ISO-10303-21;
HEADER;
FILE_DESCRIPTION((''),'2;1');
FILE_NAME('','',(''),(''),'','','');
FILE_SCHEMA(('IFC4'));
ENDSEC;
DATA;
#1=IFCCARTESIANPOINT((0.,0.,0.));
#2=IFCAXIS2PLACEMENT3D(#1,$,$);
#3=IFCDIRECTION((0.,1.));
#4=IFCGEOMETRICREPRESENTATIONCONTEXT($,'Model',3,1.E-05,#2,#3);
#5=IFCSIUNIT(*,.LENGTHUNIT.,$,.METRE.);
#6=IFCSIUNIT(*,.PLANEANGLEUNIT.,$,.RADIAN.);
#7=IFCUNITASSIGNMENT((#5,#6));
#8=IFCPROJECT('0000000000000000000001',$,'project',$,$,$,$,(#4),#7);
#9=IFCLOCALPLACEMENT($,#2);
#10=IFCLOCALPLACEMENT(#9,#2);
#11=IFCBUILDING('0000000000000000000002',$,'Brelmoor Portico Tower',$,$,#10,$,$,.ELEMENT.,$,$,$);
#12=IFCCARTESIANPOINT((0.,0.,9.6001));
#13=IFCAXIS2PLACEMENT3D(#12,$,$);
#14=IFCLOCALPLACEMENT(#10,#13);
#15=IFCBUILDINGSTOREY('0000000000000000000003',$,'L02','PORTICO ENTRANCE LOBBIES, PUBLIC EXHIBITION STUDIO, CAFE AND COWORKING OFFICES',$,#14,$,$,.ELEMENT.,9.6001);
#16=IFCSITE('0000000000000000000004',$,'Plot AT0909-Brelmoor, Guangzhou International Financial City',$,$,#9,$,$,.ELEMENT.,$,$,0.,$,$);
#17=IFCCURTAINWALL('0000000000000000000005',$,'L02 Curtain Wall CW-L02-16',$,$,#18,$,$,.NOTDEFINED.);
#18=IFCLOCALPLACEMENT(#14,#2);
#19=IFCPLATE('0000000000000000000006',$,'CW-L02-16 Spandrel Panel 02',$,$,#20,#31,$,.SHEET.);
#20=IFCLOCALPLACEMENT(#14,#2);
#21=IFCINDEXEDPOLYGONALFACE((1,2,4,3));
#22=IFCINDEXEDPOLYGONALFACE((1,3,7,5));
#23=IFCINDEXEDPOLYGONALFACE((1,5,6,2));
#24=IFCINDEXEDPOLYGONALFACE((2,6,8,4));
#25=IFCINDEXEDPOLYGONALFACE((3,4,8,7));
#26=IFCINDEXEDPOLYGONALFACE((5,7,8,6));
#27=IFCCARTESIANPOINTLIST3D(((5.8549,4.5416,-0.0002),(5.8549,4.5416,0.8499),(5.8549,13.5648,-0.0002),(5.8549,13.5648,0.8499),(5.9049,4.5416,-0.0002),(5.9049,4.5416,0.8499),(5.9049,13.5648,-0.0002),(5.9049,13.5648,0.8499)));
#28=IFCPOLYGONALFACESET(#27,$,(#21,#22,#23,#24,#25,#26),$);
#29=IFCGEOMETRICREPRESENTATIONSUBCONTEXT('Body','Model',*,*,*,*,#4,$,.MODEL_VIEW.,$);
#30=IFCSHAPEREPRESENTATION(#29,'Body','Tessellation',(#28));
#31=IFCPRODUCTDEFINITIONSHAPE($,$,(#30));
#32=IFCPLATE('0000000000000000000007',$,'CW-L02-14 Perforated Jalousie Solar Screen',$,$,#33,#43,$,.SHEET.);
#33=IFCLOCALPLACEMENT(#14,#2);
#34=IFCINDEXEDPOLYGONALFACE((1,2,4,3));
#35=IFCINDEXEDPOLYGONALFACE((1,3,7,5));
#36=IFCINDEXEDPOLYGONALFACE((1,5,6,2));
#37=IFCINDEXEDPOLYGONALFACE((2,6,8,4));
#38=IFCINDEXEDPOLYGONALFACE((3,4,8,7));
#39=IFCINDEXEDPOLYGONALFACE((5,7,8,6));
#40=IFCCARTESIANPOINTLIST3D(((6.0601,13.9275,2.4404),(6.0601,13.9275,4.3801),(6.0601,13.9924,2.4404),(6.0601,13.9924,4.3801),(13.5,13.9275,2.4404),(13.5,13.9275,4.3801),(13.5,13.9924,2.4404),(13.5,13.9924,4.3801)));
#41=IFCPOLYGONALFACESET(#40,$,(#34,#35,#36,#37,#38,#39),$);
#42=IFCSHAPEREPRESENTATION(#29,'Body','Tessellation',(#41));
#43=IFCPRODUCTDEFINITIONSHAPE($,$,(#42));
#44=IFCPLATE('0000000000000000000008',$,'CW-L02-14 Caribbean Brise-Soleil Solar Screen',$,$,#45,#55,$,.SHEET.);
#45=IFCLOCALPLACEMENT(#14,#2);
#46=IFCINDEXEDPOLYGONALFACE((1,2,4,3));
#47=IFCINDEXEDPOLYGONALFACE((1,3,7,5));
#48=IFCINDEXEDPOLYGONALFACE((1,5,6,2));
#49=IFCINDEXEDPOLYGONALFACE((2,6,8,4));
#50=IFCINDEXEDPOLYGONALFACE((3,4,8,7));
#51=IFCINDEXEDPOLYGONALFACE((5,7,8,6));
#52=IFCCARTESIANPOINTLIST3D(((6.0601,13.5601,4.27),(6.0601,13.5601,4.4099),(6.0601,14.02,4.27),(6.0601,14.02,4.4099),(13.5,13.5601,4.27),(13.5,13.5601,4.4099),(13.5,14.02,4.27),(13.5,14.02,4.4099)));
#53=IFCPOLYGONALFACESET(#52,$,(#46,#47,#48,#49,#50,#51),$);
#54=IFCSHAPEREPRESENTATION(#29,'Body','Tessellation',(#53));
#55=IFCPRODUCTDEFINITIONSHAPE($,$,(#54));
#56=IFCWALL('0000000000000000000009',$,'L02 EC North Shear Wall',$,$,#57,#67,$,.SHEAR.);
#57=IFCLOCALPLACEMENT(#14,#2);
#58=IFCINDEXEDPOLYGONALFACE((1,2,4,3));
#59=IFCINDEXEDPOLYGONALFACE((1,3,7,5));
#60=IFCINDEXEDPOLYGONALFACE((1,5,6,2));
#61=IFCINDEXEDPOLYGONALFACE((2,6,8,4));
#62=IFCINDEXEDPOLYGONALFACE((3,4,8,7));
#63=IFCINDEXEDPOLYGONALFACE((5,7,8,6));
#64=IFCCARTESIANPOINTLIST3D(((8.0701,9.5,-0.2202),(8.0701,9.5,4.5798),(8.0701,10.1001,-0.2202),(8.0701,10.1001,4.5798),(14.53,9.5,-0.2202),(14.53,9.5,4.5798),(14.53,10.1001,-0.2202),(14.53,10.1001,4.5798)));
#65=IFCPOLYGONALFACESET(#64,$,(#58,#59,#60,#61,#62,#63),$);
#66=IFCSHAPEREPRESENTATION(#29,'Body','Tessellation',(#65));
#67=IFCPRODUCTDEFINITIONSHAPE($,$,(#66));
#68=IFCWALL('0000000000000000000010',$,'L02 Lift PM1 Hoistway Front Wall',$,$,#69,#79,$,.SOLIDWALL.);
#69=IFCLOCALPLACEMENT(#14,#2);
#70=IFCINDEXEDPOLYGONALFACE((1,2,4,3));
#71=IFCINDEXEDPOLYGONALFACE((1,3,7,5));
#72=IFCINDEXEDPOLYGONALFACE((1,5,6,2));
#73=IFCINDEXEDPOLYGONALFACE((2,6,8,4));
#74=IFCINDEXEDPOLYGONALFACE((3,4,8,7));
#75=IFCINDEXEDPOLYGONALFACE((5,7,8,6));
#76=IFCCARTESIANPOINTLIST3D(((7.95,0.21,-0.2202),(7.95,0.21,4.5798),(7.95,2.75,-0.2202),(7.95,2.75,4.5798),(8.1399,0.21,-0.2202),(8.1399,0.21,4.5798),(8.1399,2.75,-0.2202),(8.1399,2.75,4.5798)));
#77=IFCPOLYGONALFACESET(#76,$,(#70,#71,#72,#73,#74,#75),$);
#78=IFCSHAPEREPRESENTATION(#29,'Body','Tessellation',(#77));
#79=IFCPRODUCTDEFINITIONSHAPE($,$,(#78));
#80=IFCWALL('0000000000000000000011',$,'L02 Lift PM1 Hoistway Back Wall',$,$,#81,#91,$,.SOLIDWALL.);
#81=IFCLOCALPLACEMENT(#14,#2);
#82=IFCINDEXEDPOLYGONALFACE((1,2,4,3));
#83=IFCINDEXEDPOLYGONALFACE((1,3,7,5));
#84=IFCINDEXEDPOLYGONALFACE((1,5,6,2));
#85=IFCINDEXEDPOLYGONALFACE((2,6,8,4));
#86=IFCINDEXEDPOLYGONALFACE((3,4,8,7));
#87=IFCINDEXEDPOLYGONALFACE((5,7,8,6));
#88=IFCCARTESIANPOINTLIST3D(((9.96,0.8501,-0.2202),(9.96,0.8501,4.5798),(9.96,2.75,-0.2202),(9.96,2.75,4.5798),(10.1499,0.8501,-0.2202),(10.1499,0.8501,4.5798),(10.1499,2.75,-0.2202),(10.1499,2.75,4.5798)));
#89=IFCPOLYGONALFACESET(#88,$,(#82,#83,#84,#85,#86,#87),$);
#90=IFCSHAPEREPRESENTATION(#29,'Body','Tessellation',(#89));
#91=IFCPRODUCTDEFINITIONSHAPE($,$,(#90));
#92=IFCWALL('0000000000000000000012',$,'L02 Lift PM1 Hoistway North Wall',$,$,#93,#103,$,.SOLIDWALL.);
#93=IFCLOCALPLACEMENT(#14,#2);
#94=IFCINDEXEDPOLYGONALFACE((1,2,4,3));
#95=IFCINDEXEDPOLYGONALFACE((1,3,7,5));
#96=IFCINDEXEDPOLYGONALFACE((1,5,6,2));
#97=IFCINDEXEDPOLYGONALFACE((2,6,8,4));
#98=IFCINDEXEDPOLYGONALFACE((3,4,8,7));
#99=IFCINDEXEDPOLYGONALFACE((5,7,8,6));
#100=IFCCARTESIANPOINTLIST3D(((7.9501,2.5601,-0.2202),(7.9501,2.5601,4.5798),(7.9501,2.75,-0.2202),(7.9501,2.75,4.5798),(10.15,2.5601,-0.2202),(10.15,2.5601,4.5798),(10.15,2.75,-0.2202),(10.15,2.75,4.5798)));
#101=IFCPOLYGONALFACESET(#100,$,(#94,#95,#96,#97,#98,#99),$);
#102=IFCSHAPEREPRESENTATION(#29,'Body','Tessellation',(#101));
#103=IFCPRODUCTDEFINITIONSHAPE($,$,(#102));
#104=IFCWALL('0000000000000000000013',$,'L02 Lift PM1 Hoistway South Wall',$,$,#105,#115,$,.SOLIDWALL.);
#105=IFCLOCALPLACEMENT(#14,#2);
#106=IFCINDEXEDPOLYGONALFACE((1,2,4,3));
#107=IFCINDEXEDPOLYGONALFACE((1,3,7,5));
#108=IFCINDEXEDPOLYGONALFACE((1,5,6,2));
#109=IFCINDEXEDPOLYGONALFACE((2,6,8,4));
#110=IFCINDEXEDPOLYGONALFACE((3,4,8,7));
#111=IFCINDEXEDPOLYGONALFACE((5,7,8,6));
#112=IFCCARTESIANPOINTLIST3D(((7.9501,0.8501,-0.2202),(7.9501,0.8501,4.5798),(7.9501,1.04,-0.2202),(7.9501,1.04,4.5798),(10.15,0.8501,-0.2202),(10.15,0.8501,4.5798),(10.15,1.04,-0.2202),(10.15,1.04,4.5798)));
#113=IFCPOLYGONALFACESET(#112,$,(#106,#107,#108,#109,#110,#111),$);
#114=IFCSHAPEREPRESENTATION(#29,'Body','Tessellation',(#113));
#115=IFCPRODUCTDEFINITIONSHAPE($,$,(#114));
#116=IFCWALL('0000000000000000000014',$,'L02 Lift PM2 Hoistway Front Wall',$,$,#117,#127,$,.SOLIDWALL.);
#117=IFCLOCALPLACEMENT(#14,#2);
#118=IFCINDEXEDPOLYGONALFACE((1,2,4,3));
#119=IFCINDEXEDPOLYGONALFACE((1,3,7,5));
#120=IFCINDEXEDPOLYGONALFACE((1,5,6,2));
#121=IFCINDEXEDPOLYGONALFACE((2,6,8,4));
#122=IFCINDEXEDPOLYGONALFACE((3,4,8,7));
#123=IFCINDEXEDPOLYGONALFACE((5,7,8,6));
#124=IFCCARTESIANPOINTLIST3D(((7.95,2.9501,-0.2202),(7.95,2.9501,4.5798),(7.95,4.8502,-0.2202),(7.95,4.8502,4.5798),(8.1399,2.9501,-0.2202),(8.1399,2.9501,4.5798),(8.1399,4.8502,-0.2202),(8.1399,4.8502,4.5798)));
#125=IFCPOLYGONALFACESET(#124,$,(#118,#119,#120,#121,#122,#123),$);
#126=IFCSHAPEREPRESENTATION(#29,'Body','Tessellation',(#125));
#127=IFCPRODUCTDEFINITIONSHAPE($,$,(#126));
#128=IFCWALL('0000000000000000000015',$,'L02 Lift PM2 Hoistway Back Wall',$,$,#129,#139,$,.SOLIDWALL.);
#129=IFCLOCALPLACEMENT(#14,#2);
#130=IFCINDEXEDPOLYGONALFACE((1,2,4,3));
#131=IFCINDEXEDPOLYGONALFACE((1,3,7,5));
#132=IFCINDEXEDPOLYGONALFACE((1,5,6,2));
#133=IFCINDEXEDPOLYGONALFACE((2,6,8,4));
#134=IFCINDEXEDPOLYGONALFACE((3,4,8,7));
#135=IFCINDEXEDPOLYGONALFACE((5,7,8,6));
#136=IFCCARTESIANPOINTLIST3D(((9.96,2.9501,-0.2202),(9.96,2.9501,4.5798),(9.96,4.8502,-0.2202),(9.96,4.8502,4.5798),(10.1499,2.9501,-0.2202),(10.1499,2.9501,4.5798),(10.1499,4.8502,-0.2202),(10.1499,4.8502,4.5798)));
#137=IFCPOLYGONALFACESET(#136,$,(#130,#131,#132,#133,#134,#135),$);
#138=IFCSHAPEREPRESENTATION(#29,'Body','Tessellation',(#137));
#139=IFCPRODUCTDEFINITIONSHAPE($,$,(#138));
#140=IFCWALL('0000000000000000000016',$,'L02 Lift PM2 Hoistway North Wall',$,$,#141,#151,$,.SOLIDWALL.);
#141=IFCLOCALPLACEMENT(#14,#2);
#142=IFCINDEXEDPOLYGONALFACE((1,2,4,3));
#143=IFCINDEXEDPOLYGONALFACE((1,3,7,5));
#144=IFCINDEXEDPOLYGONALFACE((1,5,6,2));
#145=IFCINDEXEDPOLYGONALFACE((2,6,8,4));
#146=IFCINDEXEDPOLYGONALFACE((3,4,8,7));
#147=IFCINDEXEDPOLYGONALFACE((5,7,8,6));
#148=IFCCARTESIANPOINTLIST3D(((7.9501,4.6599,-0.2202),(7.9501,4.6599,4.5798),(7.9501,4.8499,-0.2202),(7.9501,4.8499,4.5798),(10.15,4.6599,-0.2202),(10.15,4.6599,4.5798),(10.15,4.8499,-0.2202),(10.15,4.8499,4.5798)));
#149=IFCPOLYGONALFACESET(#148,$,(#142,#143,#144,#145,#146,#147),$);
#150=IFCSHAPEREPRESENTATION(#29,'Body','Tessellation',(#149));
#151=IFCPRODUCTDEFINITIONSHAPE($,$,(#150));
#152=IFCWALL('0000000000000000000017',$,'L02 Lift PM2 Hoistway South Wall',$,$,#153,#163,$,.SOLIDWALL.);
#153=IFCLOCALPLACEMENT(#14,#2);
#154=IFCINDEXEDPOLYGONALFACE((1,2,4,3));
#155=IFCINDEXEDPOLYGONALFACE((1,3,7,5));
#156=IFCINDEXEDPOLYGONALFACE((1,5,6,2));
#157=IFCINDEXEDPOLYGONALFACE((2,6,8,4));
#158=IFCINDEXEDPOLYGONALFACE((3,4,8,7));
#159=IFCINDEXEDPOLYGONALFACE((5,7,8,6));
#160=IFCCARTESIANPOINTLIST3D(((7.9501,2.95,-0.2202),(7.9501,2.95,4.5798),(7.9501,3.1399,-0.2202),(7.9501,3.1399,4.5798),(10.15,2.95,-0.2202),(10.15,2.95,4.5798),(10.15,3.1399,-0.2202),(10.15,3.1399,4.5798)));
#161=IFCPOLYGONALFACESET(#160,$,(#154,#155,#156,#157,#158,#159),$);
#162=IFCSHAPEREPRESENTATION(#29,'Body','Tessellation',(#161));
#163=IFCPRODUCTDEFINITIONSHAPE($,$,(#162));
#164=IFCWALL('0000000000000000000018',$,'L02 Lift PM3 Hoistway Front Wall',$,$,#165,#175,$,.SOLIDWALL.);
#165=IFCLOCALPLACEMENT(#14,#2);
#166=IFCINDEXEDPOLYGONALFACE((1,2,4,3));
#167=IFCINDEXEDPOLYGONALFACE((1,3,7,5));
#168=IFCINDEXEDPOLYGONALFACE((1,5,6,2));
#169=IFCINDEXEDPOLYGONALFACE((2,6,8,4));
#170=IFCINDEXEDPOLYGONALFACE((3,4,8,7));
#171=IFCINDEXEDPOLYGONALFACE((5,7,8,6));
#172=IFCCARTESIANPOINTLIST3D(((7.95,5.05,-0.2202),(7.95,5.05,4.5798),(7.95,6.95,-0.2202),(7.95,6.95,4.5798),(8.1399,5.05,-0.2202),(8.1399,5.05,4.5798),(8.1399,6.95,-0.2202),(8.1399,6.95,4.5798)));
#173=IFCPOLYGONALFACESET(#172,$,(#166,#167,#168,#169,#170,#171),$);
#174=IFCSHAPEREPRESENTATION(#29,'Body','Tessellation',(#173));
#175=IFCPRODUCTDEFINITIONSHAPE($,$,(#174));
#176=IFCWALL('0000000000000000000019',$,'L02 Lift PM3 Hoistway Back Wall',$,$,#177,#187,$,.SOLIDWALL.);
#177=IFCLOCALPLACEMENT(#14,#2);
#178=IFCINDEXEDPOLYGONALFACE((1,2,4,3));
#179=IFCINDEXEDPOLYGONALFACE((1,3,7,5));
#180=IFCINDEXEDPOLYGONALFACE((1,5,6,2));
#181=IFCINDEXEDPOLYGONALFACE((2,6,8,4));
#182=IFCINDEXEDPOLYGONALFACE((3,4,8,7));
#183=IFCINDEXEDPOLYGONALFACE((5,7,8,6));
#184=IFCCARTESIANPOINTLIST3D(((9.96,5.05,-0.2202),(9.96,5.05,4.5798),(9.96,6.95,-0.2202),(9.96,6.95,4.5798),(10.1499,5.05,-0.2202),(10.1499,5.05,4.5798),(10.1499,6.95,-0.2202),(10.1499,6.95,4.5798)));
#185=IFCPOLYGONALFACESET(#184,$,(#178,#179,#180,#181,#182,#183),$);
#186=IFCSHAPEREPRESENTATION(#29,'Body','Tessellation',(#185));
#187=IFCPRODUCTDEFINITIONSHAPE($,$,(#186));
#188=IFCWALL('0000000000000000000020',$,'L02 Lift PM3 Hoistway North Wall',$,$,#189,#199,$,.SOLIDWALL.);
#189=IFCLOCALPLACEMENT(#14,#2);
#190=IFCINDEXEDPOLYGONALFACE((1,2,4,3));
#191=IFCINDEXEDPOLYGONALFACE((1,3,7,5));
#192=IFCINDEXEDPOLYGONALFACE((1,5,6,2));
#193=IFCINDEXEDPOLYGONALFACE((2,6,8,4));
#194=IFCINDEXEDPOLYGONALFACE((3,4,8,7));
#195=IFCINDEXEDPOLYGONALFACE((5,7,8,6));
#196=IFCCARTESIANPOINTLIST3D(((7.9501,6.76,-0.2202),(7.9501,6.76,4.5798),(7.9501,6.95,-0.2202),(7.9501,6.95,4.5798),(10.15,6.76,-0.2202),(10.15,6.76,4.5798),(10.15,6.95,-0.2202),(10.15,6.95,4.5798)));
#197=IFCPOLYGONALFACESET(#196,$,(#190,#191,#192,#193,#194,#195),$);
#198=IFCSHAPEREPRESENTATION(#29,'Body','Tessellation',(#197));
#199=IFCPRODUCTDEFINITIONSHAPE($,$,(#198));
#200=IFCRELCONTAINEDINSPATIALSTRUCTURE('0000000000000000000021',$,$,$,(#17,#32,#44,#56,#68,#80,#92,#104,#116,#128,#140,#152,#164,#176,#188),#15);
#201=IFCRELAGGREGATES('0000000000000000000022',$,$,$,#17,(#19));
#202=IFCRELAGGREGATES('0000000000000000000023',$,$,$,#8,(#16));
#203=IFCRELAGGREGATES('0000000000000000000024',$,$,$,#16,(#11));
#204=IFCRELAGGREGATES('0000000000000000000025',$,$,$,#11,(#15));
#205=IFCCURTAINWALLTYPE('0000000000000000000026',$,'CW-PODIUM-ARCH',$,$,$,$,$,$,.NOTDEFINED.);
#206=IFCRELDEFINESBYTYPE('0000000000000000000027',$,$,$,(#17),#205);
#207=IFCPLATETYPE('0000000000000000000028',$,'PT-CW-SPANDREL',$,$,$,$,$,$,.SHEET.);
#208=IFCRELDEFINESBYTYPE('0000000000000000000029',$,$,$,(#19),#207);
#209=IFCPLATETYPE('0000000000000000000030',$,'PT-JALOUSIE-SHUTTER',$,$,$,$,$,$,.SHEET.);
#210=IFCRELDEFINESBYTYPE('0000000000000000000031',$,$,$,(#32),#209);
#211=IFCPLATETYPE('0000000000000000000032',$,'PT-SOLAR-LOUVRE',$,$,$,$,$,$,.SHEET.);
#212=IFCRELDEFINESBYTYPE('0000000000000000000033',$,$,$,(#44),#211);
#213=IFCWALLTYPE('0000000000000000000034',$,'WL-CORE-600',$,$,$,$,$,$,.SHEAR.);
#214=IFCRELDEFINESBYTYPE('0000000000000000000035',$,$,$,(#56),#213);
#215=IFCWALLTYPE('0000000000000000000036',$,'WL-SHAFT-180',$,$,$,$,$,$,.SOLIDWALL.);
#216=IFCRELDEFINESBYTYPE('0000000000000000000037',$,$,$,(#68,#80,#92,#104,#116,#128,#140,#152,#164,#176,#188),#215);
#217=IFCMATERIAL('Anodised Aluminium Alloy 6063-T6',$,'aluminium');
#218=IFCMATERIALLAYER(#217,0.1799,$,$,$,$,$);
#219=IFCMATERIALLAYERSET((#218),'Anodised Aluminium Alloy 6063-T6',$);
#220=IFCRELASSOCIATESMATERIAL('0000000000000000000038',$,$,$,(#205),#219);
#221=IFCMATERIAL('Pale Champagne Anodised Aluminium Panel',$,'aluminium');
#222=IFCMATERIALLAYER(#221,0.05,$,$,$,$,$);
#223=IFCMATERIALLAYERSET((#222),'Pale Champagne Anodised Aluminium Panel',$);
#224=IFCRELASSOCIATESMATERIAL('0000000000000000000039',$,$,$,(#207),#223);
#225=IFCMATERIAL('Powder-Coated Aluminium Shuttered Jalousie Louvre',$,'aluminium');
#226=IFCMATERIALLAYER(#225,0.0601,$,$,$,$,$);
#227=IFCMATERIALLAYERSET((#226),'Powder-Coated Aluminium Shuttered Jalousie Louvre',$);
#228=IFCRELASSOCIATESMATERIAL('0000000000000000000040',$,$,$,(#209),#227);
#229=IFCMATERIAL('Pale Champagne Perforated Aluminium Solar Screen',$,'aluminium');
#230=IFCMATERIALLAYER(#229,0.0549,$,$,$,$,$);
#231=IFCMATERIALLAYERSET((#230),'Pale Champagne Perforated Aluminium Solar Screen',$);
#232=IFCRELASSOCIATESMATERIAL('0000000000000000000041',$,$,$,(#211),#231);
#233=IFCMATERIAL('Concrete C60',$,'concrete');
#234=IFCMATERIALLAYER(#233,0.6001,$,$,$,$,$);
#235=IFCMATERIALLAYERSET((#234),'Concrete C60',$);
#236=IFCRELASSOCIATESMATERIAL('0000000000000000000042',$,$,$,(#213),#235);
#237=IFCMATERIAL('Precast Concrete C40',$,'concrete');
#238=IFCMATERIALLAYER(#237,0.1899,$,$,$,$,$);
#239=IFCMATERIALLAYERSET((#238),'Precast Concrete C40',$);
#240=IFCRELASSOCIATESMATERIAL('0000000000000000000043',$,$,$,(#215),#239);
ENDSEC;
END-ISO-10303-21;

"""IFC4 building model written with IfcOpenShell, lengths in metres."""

from ifc_helpers import new_model, si_unit, direction, frame, frame_2d, origin, origin_2d, place, context, subcontext, project, spatial, rectangle, extrude, material, layer, layer_set, type_object, element, aggregate, save


model = new_model("IFC4")

# Units and contexts
model_context = context("Model", 3, precision=1e-05, world=origin(), true_north=direction((0.0, 1.0)))
body_context = subcontext(model_context, "Body", "Model", "MODEL_VIEW")
ifc_project = project(units=[si_unit("LENGTHUNIT", "METRE"), si_unit("PLANEANGLEUNIT", "RADIAN")], contexts=[model_context])

# Site, building, storey
site_placement = place(None, origin())
site = spatial("IfcSite", under=ifc_project, at=site_placement, Name="Plot AT0909-Brelmoor, Guangzhou International Financial City", CompositionType="ELEMENT", RefElevation=0.0)
building_placement = place(site_placement, origin())
building = spatial("IfcBuilding", under=site, at=building_placement, Name="Brelmoor Portico Tower", CompositionType="ELEMENT")
storey_placement = place(building_placement, frame((0.0, 0.0, 9.6001)))
storey = spatial("IfcBuildingStorey", under=building, at=storey_placement, Name="L02", Description="PORTICO ENTRANCE LOBBIES, PUBLIC EXHIBITION STUDIO, CAFE AND COWORKING OFFICES", CompositionType="ELEMENT", Elevation=9.6001)

# Shared definitions
ifc_material_1 = material(Name="Anodised Aluminium Alloy 6063-T6", Category="aluminium")
ifc_layer_1 = layer(ifc_material_1, 0.1799)
ifc_layer_set_1 = layer_set([ifc_layer_1], Name="Anodised Aluminium Alloy 6063-T6")
curtain_wall_type = type_object("IfcCurtainWallType", Name="CW-PODIUM-ARCH", PredefinedType="NOTDEFINED", material=ifc_layer_set_1)

# Curtain wall
curtain_wall_1_placement = place(storey_placement, origin())
curtain_wall_1 = element("IfcCurtainWall", 1, at=curtain_wall_1_placement, inside=storey, type_object=curtain_wall_type, Name="L02 Curtain Wall CW-L02-16", PredefinedType="NOTDEFINED")

# Plate
ifc_material_2 = material(Name="Pale Champagne Anodised Aluminium Panel", Category="aluminium")
ifc_layer_2 = layer(ifc_material_2, 0.05)
ifc_layer_set_2 = layer_set([ifc_layer_2], Name="Pale Champagne Anodised Aluminium Panel")
plate_type_1 = type_object("IfcPlateType", Name="PT-CW-SPANDREL", PredefinedType="SHEET", material=ifc_layer_set_2)
plate_1_placement = place(storey_placement, frame((5.8799, 9.0532, -0.0002), z_axis=(0.0, 0.0, 1.0), x_axis=(0.0, 1.0, 0.0)))
plate_1 = element("IfcPlate", 2, at=plate_1_placement, type_object=plate_type_1, Name="CW-L02-16 Spandrel Panel 02", PredefinedType="SHEET", context=body_context, shape_type="SweptSolid", body=[
    extrude(rectangle(XDim=9.0232, YDim=0.05, at=origin_2d()), origin(), (0.0, 0.0, 1.0), 0.8501),
])
aggregate(curtain_wall_1, [plate_1])

# Plates
ifc_material_3 = material(Name="Powder-Coated Aluminium Shuttered Jalousie Louvre", Category="aluminium")
ifc_layer_3 = layer(ifc_material_3, 0.0601)
ifc_layer_set_3 = layer_set([ifc_layer_3], Name="Powder-Coated Aluminium Shuttered Jalousie Louvre")
plate_type_2 = type_object("IfcPlateType", Name="PT-JALOUSIE-SHUTTER", PredefinedType="SHEET", material=ifc_layer_set_3)
plate_2_placement = place(storey_placement, frame((9.78, 13.96, 2.4404), z_axis=(0.0, 0.0, 1.0), x_axis=(1.0, 0.0, 0.0)))
element("IfcPlate", 3, at=plate_2_placement, inside=storey, type_object=plate_type_2, Name="CW-L02-14 Perforated Jalousie Solar Screen", PredefinedType="SHEET", context=body_context, shape_type="SweptSolid", body=[
    extrude(rectangle(XDim=7.4399, YDim=0.0649, at=origin_2d()), origin(), (0.0, 0.0, 1.0), 1.9397),
])
ifc_material_4 = material(Name="Pale Champagne Perforated Aluminium Solar Screen", Category="aluminium")
ifc_layer_4 = layer(ifc_material_4, 0.0549)
ifc_layer_set_4 = layer_set([ifc_layer_4], Name="Pale Champagne Perforated Aluminium Solar Screen")
plate_type_3 = type_object("IfcPlateType", Name="PT-SOLAR-LOUVRE", PredefinedType="SHEET", material=ifc_layer_set_4)
plate_3_placement = place(storey_placement, frame((9.78, 13.79, 4.27), z_axis=(0.0, 0.0, 1.0), x_axis=(1.0, 0.0, 0.0)))
element("IfcPlate", 4, at=plate_3_placement, inside=storey, type_object=plate_type_3, Name="CW-L02-14 Caribbean Brise-Soleil Solar Screen", PredefinedType="SHEET", context=body_context, shape_type="SweptSolid", body=[
    extrude(rectangle(XDim=7.4399, YDim=0.46, at=origin_2d()), origin(), (0.0, 0.0, 1.0), 0.1399),
])

# Wall
ifc_material_5 = material(Name="Concrete C60", Category="concrete")
ifc_layer_5 = layer(ifc_material_5, 0.6001)
ifc_layer_set_5 = layer_set([ifc_layer_5], Name="Concrete C60")
wall_type_1 = type_object("IfcWallType", Name="WL-CORE-600", PredefinedType="SHEAR", material=ifc_layer_set_5)
wall_1_placement = place(storey_placement, frame((8.0701, 9.8, -0.2202), z_axis=(0.0, 0.0, 1.0), x_axis=(1.0, 0.0, 0.0)))
element("IfcWall", 5, at=wall_1_placement, inside=storey, type_object=wall_type_1, Name="L02 EC North Shear Wall", PredefinedType="SHEAR", context=body_context, shape_type="SweptSolid", body=[
    extrude(rectangle(XDim=6.46, YDim=0.6001, at=frame_2d((3.23, 0.0))), origin(), (0.0, 0.0, 1.0), 4.8),
])

# Walls
ifc_material_6 = material(Name="Precast Concrete C40", Category="concrete")
ifc_layer_6 = layer(ifc_material_6, 0.1899)
ifc_layer_set_6 = layer_set([ifc_layer_6], Name="Precast Concrete C40")
wall_type_2 = type_object("IfcWallType", Name="WL-SHAFT-180", PredefinedType="SOLIDWALL", material=ifc_layer_set_6)
wall_2_placement = place(storey_placement, frame((8.0449, 0.21, -0.2202), z_axis=(0.0, 0.0, 1.0), x_axis=(0.0, 1.0, 0.0)))
element("IfcWall", 6, at=wall_2_placement, inside=storey, type_object=wall_type_2, Name="L02 Lift PM1 Hoistway Front Wall", PredefinedType="SOLIDWALL", context=body_context, shape_type="SweptSolid", body=[
    extrude(rectangle(XDim=2.54, YDim=0.1899, at=frame_2d((1.27, 0.0))), origin(), (0.0, 0.0, 1.0), 4.8),
])
wall_3_placement = place(storey_placement, frame((10.0549, 0.8501, -0.2202), z_axis=(0.0, 0.0, 1.0), x_axis=(0.0, 1.0, 0.0)))
element("IfcWall", 7, at=wall_3_placement, inside=storey, type_object=wall_type_2, Name="L02 Lift PM1 Hoistway Back Wall", PredefinedType="SOLIDWALL", context=body_context, shape_type="SweptSolid", body=[
    extrude(rectangle(XDim=1.8999, YDim=0.1899, at=frame_2d((0.95, 0.0))), origin(), (0.0, 0.0, 1.0), 4.8),
])
for number, where, z_axis, x_axis, name in (
    (8, (7.95, 2.655, -0.2202), (0.0, 0.0, 1.0), (1.0, 0.0, 0.0), "L02 Lift PM1 Hoistway North Wall"),
    (9, (7.95, 0.9451, -0.2202), (0.0, 0.0, 1.0), (1.0, 0.0, 0.0), "L02 Lift PM1 Hoistway South Wall"),
):
    element("IfcWall", number, at=place(storey_placement, frame(where, z_axis=z_axis, x_axis=x_axis)), inside=storey, type_object=wall_type_2, Name=name, PredefinedType="SOLIDWALL", context=body_context, shape_type="SweptSolid", body=[
        extrude(rectangle(XDim=2.2, YDim=0.1899, at=frame_2d((1.1001, 0.0))), origin(), (0.0, 0.0, 1.0), 4.8),
    ])
for number, where, z_axis, x_axis, name in (
    (10, (8.0449, 2.95, -0.2202), (0.0, 0.0, 1.0), (0.0, 1.0, 0.0), "L02 Lift PM2 Hoistway Front Wall"),
    (11, (10.0549, 2.95, -0.2202), (0.0, 0.0, 1.0), (0.0, 1.0, 0.0), "L02 Lift PM2 Hoistway Back Wall"),
):
    element("IfcWall", number, at=place(storey_placement, frame(where, z_axis=z_axis, x_axis=x_axis)), inside=storey, type_object=wall_type_2, Name=name, PredefinedType="SOLIDWALL", context=body_context, shape_type="SweptSolid", body=[
        extrude(rectangle(XDim=1.9001, YDim=0.1899, at=frame_2d((0.9502, 0.0))), origin(), (0.0, 0.0, 1.0), 4.8),
    ])
for number, where, z_axis, x_axis, name in (
    (12, (7.95, 4.7549, -0.2202), (0.0, 0.0, 1.0), (1.0, 0.0, 0.0), "L02 Lift PM2 Hoistway North Wall"),
    (13, (7.95, 3.0449, -0.2202), (0.0, 0.0, 1.0), (1.0, 0.0, 0.0), "L02 Lift PM2 Hoistway South Wall"),
):
    element("IfcWall", number, at=place(storey_placement, frame(where, z_axis=z_axis, x_axis=x_axis)), inside=storey, type_object=wall_type_2, Name=name, PredefinedType="SOLIDWALL", context=body_context, shape_type="SweptSolid", body=[
        extrude(rectangle(XDim=2.2, YDim=0.1899, at=frame_2d((1.1001, 0.0))), origin(), (0.0, 0.0, 1.0), 4.8),
    ])
for number, where, z_axis, x_axis, name in (
    (14, (8.0449, 5.05, -0.2202), (0.0, 0.0, 1.0), (0.0, 1.0, 0.0), "L02 Lift PM3 Hoistway Front Wall"),
    (15, (10.0549, 5.05, -0.2202), (0.0, 0.0, 1.0), (0.0, 1.0, 0.0), "L02 Lift PM3 Hoistway Back Wall"),
):
    element("IfcWall", number, at=place(storey_placement, frame(where, z_axis=z_axis, x_axis=x_axis)), inside=storey, type_object=wall_type_2, Name=name, PredefinedType="SOLIDWALL", context=body_context, shape_type="SweptSolid", body=[
        extrude(rectangle(XDim=1.8999, YDim=0.1899, at=frame_2d((0.95, 0.0))), origin(), (0.0, 0.0, 1.0), 4.8),
    ])
for number, where, z_axis, x_axis, name in (
    (16, (7.95, 6.855, -0.2202), (0.0, 0.0, 1.0), (1.0, 0.0, 0.0), "L02 Lift PM3 Hoistway North Wall"),
):
    element("IfcWall", number, at=place(storey_placement, frame(where, z_axis=z_axis, x_axis=x_axis)), inside=storey, type_object=wall_type_2, Name=name, PredefinedType="SOLIDWALL", context=body_context, shape_type="SweptSolid", body=[
        extrude(rectangle(XDim=2.2, YDim=0.1899, at=frame_2d((1.1001, 0.0))), origin(), (0.0, 0.0, 1.0), 4.8),
    ])

save(model, "model.ifc")
